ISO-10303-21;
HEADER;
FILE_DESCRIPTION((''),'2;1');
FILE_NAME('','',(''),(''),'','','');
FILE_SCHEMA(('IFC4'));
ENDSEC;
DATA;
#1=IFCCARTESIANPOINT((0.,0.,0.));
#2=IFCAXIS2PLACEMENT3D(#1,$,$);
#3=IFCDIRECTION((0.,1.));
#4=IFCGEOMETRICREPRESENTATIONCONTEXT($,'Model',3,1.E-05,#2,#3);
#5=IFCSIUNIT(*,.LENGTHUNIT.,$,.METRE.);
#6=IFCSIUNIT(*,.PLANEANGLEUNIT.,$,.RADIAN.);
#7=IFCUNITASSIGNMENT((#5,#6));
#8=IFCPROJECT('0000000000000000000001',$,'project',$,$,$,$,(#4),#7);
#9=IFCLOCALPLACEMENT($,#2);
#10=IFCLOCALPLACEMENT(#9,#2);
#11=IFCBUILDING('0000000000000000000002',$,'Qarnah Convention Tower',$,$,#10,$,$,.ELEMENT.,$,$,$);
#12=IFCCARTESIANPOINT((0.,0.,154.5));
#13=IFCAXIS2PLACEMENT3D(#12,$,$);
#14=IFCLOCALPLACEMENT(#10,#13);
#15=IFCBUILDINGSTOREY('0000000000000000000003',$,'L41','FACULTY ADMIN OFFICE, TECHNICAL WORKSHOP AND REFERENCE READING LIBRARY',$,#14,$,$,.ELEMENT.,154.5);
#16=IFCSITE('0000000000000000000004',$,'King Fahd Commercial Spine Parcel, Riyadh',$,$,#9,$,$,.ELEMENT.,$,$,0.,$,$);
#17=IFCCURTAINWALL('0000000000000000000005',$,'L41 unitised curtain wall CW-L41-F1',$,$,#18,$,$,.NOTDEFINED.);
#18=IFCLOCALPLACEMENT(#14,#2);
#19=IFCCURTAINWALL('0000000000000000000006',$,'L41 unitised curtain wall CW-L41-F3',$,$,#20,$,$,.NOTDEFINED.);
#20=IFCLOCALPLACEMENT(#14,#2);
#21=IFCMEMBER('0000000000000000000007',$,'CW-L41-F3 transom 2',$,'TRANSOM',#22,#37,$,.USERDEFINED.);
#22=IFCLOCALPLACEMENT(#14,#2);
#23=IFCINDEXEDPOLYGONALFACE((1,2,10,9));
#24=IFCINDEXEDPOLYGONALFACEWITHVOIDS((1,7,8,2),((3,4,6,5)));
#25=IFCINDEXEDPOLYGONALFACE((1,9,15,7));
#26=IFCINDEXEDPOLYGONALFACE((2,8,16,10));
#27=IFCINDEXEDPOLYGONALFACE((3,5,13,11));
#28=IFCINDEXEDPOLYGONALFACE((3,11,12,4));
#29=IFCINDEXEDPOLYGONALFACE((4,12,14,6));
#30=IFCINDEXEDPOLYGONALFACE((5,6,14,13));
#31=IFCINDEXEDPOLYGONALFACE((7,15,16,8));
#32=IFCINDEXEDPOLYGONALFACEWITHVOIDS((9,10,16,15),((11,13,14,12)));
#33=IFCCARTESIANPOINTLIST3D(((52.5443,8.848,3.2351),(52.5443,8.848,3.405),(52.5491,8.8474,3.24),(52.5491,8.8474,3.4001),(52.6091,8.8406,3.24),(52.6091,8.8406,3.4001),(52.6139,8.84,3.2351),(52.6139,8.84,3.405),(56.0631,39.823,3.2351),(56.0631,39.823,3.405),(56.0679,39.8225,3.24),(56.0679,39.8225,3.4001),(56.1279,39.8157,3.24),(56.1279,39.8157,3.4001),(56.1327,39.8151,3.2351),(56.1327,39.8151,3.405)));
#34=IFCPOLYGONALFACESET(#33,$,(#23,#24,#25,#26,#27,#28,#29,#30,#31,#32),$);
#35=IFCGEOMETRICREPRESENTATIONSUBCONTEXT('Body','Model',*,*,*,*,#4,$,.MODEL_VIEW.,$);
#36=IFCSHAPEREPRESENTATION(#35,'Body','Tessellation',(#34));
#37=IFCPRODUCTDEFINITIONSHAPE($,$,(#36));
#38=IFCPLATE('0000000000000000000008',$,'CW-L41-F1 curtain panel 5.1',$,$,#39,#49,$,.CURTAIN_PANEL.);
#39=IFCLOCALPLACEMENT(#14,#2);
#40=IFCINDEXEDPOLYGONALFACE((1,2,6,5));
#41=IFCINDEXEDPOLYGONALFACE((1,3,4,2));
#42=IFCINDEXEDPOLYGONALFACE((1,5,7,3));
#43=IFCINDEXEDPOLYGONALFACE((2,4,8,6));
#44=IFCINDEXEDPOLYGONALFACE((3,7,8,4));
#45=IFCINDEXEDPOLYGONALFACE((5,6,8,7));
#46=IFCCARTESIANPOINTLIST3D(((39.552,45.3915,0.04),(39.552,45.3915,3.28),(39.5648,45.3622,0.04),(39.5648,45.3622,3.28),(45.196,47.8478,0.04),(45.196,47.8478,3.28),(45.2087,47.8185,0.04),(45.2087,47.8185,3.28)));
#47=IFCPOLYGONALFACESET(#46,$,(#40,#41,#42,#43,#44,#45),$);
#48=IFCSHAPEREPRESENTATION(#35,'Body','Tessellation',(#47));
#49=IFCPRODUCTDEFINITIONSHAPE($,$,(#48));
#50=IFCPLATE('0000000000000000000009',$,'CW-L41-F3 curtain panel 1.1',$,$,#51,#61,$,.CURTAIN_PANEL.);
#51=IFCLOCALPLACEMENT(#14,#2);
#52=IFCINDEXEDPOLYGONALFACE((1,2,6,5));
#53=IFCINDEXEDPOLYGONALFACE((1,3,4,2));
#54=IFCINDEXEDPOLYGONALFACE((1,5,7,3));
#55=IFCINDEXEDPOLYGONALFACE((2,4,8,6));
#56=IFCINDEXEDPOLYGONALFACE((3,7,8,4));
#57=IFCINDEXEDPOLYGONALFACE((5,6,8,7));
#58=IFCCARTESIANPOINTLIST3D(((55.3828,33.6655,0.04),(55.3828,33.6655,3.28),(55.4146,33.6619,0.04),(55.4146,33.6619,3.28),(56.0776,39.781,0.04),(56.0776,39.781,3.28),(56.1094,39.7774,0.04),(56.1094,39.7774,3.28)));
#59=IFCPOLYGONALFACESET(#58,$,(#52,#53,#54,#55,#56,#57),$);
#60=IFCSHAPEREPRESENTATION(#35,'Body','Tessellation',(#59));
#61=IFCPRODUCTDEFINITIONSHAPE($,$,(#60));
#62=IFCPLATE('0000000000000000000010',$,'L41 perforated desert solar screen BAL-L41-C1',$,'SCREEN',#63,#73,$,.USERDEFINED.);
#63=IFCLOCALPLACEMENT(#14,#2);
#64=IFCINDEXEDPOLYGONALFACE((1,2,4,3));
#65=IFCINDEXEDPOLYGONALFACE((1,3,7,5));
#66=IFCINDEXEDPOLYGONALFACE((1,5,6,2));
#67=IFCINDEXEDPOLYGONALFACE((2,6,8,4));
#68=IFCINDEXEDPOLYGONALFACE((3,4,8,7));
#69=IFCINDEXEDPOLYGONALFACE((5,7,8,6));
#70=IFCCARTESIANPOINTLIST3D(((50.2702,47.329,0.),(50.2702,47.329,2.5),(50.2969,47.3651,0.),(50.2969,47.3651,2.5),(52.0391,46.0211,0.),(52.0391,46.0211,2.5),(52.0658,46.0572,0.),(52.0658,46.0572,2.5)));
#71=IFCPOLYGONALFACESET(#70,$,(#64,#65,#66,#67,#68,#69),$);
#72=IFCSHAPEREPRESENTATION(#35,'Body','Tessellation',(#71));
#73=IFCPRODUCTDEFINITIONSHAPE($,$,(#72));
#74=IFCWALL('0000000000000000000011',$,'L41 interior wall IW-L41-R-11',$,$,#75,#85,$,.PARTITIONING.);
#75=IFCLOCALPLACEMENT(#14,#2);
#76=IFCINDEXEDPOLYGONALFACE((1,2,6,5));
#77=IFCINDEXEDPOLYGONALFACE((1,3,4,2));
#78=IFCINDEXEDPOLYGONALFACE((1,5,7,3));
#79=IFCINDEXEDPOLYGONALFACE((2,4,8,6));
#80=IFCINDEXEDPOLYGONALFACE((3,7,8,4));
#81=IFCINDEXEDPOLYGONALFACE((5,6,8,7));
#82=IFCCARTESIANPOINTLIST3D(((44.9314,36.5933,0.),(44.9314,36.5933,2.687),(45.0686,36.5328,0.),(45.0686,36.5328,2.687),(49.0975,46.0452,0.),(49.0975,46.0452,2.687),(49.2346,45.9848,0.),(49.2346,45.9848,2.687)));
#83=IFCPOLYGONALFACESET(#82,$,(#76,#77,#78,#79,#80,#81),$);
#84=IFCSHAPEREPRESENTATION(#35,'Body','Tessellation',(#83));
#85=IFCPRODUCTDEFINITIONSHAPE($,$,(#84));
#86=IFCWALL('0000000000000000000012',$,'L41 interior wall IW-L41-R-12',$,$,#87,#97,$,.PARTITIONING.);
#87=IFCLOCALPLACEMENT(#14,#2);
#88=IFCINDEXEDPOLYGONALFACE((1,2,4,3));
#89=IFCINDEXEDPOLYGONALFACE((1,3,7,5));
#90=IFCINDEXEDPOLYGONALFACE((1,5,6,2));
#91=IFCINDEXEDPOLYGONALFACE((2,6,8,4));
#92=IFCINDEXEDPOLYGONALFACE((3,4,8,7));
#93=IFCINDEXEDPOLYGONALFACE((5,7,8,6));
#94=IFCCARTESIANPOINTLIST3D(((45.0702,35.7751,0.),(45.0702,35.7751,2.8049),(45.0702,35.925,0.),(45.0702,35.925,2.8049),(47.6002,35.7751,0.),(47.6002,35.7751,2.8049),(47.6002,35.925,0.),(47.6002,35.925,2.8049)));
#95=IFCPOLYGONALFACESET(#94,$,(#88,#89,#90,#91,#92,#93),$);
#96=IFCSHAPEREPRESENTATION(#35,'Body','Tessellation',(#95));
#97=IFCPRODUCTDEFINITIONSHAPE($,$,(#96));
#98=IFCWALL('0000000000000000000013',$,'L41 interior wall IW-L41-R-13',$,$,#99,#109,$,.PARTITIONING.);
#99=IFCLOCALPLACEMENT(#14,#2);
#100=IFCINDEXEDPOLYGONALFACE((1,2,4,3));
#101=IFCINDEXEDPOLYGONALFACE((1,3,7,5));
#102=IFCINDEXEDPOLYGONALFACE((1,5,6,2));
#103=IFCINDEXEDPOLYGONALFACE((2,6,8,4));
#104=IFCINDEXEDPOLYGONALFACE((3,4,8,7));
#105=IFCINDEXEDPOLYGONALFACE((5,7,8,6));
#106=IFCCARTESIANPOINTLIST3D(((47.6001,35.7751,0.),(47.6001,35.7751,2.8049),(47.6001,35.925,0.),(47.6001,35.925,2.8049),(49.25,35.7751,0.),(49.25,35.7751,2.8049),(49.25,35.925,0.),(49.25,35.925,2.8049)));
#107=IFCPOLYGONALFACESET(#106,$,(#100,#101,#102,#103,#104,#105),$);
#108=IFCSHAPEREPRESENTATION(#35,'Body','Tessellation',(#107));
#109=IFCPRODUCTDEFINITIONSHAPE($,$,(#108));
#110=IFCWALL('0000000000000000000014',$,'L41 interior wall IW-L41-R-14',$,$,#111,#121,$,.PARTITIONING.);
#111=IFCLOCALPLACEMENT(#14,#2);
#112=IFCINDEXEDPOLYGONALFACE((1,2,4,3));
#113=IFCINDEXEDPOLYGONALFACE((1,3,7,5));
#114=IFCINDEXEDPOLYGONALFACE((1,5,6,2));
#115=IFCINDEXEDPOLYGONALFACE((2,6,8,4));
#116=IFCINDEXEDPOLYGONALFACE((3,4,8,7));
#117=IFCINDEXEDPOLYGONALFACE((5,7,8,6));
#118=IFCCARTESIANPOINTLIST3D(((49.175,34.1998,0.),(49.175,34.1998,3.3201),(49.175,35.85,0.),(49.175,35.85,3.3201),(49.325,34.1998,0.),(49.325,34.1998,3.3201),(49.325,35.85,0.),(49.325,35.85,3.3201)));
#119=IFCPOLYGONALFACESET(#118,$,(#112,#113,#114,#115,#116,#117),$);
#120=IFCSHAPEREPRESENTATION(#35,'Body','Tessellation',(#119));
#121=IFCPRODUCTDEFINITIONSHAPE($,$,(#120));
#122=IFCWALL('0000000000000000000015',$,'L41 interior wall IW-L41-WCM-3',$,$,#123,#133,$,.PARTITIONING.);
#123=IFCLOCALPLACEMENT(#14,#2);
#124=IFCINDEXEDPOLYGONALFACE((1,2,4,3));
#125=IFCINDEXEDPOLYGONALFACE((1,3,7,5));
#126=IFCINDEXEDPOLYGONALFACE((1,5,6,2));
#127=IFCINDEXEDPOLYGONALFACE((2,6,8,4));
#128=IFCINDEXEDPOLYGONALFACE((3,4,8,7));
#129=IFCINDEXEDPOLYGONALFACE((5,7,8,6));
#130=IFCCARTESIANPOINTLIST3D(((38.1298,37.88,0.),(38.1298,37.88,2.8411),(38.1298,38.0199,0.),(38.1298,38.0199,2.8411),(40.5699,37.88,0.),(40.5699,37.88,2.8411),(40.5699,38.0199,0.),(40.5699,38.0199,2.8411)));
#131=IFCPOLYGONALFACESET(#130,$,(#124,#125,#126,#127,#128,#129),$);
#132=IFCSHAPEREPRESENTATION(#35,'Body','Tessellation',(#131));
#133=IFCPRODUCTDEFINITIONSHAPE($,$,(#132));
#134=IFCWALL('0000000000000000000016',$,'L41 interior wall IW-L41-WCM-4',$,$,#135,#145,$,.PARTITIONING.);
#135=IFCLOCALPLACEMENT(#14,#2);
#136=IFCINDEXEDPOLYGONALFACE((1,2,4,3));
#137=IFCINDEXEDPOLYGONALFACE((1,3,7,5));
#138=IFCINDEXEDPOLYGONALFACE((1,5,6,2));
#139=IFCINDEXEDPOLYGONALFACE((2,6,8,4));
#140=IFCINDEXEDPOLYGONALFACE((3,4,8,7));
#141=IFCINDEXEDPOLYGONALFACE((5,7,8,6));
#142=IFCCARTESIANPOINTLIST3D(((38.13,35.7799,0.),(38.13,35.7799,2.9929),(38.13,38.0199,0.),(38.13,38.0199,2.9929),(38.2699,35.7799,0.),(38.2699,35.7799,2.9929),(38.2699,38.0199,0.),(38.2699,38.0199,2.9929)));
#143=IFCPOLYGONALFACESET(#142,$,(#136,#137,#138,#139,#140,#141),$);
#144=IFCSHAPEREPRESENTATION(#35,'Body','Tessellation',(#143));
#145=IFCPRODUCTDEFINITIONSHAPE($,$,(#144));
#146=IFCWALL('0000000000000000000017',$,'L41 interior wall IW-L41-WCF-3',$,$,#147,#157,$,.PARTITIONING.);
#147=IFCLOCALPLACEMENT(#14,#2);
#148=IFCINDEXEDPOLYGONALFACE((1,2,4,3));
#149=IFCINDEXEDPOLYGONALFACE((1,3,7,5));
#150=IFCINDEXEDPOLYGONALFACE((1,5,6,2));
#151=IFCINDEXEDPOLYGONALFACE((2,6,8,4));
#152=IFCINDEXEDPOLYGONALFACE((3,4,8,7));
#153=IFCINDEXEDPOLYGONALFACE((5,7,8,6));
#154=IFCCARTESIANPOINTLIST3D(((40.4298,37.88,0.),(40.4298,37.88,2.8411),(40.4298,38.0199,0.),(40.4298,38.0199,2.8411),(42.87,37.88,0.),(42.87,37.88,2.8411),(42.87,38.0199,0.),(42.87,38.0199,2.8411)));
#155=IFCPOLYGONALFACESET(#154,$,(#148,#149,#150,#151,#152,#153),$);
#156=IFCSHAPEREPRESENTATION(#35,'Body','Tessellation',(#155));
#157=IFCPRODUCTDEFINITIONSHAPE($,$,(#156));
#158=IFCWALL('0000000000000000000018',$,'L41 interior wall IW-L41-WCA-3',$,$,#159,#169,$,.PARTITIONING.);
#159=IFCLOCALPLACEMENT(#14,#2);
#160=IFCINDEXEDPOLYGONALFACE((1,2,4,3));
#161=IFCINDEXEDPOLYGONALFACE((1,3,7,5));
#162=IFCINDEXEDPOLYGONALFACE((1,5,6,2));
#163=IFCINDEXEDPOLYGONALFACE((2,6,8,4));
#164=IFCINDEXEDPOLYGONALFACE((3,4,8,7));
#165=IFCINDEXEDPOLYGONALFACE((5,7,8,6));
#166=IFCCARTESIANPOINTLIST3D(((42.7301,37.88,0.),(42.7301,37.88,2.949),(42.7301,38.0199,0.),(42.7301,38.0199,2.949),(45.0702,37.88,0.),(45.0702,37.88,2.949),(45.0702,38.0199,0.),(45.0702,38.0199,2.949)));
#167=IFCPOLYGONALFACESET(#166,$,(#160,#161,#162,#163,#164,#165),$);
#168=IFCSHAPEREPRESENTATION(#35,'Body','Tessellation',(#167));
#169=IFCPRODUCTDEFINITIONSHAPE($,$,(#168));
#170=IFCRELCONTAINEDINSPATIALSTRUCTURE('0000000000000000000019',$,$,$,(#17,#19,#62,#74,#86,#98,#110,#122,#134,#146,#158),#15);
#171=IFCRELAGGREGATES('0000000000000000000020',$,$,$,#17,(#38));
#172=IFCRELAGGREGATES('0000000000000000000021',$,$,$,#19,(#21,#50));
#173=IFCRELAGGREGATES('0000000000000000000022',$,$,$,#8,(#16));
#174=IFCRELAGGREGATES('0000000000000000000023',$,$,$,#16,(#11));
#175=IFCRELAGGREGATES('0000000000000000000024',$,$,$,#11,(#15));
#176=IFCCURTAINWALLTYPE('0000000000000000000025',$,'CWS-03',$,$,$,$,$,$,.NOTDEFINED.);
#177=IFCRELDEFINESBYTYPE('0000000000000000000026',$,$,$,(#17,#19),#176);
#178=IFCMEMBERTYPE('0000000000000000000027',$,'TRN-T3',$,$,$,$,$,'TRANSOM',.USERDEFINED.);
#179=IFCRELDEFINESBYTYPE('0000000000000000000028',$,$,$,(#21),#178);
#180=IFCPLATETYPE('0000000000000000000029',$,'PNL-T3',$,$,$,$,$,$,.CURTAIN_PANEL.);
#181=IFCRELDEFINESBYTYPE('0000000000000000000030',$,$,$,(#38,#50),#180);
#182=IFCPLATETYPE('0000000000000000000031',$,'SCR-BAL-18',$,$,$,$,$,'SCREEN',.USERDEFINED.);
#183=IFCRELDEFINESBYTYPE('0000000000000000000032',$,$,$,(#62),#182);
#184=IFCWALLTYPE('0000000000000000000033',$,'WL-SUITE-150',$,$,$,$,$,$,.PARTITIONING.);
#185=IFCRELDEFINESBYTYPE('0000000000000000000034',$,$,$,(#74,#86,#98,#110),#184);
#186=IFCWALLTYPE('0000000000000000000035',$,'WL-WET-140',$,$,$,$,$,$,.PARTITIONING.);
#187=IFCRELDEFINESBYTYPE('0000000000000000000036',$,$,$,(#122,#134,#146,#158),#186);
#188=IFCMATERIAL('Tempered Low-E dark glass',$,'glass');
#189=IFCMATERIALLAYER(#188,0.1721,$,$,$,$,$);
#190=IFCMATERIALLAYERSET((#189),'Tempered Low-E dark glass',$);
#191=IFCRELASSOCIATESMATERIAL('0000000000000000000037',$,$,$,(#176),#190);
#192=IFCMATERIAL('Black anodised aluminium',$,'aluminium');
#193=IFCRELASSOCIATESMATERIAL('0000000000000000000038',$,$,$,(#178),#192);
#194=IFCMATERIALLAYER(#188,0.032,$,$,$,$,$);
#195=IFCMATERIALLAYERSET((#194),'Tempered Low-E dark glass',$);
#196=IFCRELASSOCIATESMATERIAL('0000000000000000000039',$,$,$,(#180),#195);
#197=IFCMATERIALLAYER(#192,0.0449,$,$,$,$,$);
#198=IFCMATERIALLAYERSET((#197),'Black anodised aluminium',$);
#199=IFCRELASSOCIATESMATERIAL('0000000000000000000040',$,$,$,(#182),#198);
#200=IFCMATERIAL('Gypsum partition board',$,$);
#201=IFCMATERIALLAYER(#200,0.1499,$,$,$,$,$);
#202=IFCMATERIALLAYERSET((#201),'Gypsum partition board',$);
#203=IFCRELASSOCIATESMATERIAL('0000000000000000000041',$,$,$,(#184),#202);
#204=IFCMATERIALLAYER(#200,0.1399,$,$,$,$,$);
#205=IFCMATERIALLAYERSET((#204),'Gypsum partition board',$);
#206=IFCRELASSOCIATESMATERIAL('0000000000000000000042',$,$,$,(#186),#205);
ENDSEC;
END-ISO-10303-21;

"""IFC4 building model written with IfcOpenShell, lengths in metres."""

from ifc_helpers import new_model, si_unit, direction, frame, frame_2d, origin, origin_2d, place, context, subcontext, project, spatial, rectangle, hollow_rectangle, extrude, material, layer, layer_set, material_profile, profile_set, type_object, element, aggregate, save


model = new_model("IFC4")

# Units and contexts
model_context = context("Model", 3, precision=1e-05, world=origin(), true_north=direction((0.0, 1.0)))
body_context = subcontext(model_context, "Body", "Model", "MODEL_VIEW")
ifc_project = project(units=[si_unit("LENGTHUNIT", "METRE"), si_unit("PLANEANGLEUNIT", "RADIAN")], contexts=[model_context])

# Site, building, storey
site_placement = place(None, origin())
site = spatial("IfcSite", under=ifc_project, at=site_placement, Name="King Fahd Commercial Spine Parcel, Riyadh", CompositionType="ELEMENT", RefElevation=0.0)
building_placement = place(site_placement, origin())
building = spatial("IfcBuilding", under=site, at=building_placement, Name="Qarnah Convention Tower", CompositionType="ELEMENT")
storey_placement = place(building_placement, frame((0.0, 0.0, 154.5)))
storey = spatial("IfcBuildingStorey", under=building, at=storey_placement, Name="L41", Description="FACULTY ADMIN OFFICE, TECHNICAL WORKSHOP AND REFERENCE READING LIBRARY", CompositionType="ELEMENT", Elevation=154.5)

# Curtain walls, member
ifc_material_1 = material(Name="Tempered Low-E dark glass", Category="glass")
ifc_layer_1 = layer(ifc_material_1, 0.1721)
ifc_layer_set_1 = layer_set([ifc_layer_1], Name="Tempered Low-E dark glass")
curtain_wall_type = type_object("IfcCurtainWallType", Name="CWS-03", PredefinedType="NOTDEFINED", material=ifc_layer_set_1)
curtain_wall_1_placement = place(storey_placement, origin())
curtain_wall_1 = element("IfcCurtainWall", 1, at=curtain_wall_1_placement, inside=storey, type_object=curtain_wall_type, Name="L41 unitised curtain wall CW-L41-F1", PredefinedType="NOTDEFINED")
ifc_material_2 = material(Name="Black anodised aluminium", Category="aluminium")
curtain_wall_2_placement = place(storey_placement, origin())
curtain_wall_2 = element("IfcCurtainWall", 2, at=curtain_wall_2_placement, inside=storey, type_object=curtain_wall_type, Name="L41 unitised curtain wall CW-L41-F3", PredefinedType="NOTDEFINED")
ifc_material_profile_1 = material_profile(ifc_material_2, hollow_rectangle(XDim=0.0701, YDim=0.1699, WallThickness=0.0049, at=origin_2d()), Name="TRN-70X170")
ifc_profile_set_1 = profile_set([ifc_material_profile_1], Name="Black anodised aluminium")
member_type_1 = type_object("IfcMemberType", Name="TRN-T3", ElementType="TRANSOM", PredefinedType="USERDEFINED", material=ifc_profile_set_1)
member_1_placement = place(storey_placement, frame((56.0979, 39.8191, 3.3201), z_axis=(-0.112875, -0.993609, 0.0), x_axis=(0.993609, -0.112875, 0.0)))
member_1 = element("IfcMember", 3, at=member_1_placement, type_object=member_type_1, Name="CW-L41-F3 transom 2", ObjectType="TRANSOM", PredefinedType="USERDEFINED", context=body_context, shape_type="SweptSolid", body=[
    extrude(hollow_rectangle(XDim=0.0701, YDim=0.1699, WallThickness=0.0049, at=origin_2d()), origin(), (0.0, 0.0, 1.0), 31.1743),
])

# Plates
ifc_layer_2 = layer(ifc_material_1, 0.032)
ifc_layer_set_2 = layer_set([ifc_layer_2], Name="Tempered Low-E dark glass")
plate_type_1 = type_object("IfcPlateType", Name="PNL-T3", PredefinedType="CURTAIN_PANEL", material=ifc_layer_set_2)
plate_1_placement = place(storey_placement, frame((42.3804, 46.605, 0.04), z_axis=(0.0, 0.0, 1.0), x_axis=(0.916926, 0.399058, 0.0)))
plate_1 = element("IfcPlate", 4, at=plate_1_placement, type_object=plate_type_1, Name="CW-L41-F1 curtain panel 5.1", PredefinedType="CURTAIN_PANEL", context=body_context, shape_type="SweptSolid", body=[
    extrude(rectangle(XDim=6.1553, YDim=0.032, at=origin_2d()), origin(), (0.0, 0.0, 1.0), 3.24),
])
aggregate(curtain_wall_1, [plate_1])
plate_2_placement = place(storey_placement, frame((55.7461, 36.7214, 0.04), z_axis=(0.0, 0.0, 1.0), x_axis=(-0.112882, -0.993608, 0.0)))
plate_2 = element("IfcPlate", 5, at=plate_2_placement, type_object=plate_type_1, Name="CW-L41-F3 curtain panel 1.1", PredefinedType="CURTAIN_PANEL", context=body_context, shape_type="SweptSolid", body=[
    extrude(rectangle(XDim=6.1548, YDim=0.032, at=origin_2d()), origin(), (0.0, 0.0, 1.0), 3.24),
])
aggregate(curtain_wall_2, [member_1, plate_2])
ifc_layer_3 = layer(ifc_material_2, 0.0449)
ifc_layer_set_3 = layer_set([ifc_layer_3], Name="Black anodised aluminium")
plate_type_2 = type_object("IfcPlateType", Name="SCR-BAL-18", ElementType="SCREEN", PredefinedType="USERDEFINED", material=ifc_layer_set_3)
plate_3_placement = place(storey_placement, frame((51.168, 46.6931, 0.0), z_axis=(0.0, 0.0, 1.0), x_axis=(0.804077, -0.594525, 0.0)))
element("IfcPlate", 6, at=plate_3_placement, inside=storey, type_object=plate_type_2, Name="L41 perforated desert solar screen BAL-L41-C1", ObjectType="SCREEN", PredefinedType="USERDEFINED", context=body_context, shape_type="SweptSolid", body=[
    extrude(rectangle(XDim=2.2, YDim=0.0449, at=origin_2d()), origin(), (0.0, 0.0, 1.0), 2.5),
])

# Walls
ifc_material_3 = material(Name="Gypsum partition board")
ifc_layer_4 = layer(ifc_material_3, 0.1499)
ifc_layer_set_4 = layer_set([ifc_layer_4], Name="Gypsum partition board")
wall_type_1 = type_object("IfcWallType", Name="WL-SUITE-150", PredefinedType="PARTITIONING", material=ifc_layer_set_4)
wall_1_placement = place(storey_placement, frame((49.166, 46.0149, 0.0), z_axis=(0.0, 0.0, 1.0), x_axis=(-0.403321, -0.915059, 0.0)))
element("IfcWall", 7, at=wall_1_placement, inside=storey, type_object=wall_type_1, Name="L41 interior wall IW-L41-R-11", PredefinedType="PARTITIONING", context=body_context, shape_type="SweptSolid", body=[
    extrude(rectangle(XDim=10.3293, YDim=0.1499, at=frame_2d((5.1646, 0.0))), origin(), (0.0, 0.0, 1.0), 2.687),
])
wall_2_placement = place(storey_placement, frame((45.0701, 35.8501, 0.0), z_axis=(0.0, 0.0, 1.0), x_axis=(1.0, 0.0, 0.0)))
element("IfcWall", 8, at=wall_2_placement, inside=storey, type_object=wall_type_1, Name="L41 interior wall IW-L41-R-12", PredefinedType="PARTITIONING", context=body_context, shape_type="SweptSolid", body=[
    extrude(rectangle(XDim=2.53, YDim=0.1499, at=frame_2d((1.2651, 0.0))), origin(), (0.0, 0.0, 1.0), 2.8049),
])
wall_3_placement = place(storey_placement, frame((47.6001, 35.8501, 0.0), z_axis=(0.0, 0.0, 1.0), x_axis=(1.0, 0.0, 0.0)))
element("IfcWall", 9, at=wall_3_placement, inside=storey, type_object=wall_type_1, Name="L41 interior wall IW-L41-R-13", PredefinedType="PARTITIONING", context=body_context, shape_type="SweptSolid", body=[
    extrude(rectangle(XDim=1.6499, YDim=0.1499, at=frame_2d((0.825, 0.0))), origin(), (0.0, 0.0, 1.0), 2.8049),
])
wall_4_placement = place(storey_placement, frame((49.25, 35.8501, 0.0), z_axis=(0.0, 0.0, 1.0), x_axis=(0.0, -1.0, 0.0)))
element("IfcWall", 10, at=wall_4_placement, inside=storey, type_object=wall_type_1, Name="L41 interior wall IW-L41-R-14", PredefinedType="PARTITIONING", context=body_context, shape_type="SweptSolid", body=[
    extrude(rectangle(XDim=1.6501, YDim=0.1499, at=frame_2d((0.8252, 0.0))), origin(), (0.0, 0.0, 1.0), 3.3201),
])
ifc_layer_5 = layer(ifc_material_3, 0.1399)
ifc_layer_set_5 = layer_set([ifc_layer_5], Name="Gypsum partition board")
wall_type_2 = type_object("IfcWallType", Name="WL-WET-140", PredefinedType="PARTITIONING", material=ifc_layer_set_5)
wall_5_placement = place(storey_placement, frame((40.5701, 37.95, 0.0), z_axis=(0.0, 0.0, 1.0), x_axis=(-1.0, 0.0, 0.0)))
element("IfcWall", 11, at=wall_5_placement, inside=storey, type_object=wall_type_2, Name="L41 interior wall IW-L41-WCM-3", PredefinedType="PARTITIONING", context=body_context, shape_type="SweptSolid", body=[
    extrude(rectangle(XDim=2.4402, YDim=0.1399, at=frame_2d((1.2202, 0.0))), origin(), (0.0, 0.0, 1.0), 2.8411),
])
wall_6_placement = place(storey_placement, frame((38.2, 38.02, 0.0), z_axis=(0.0, 0.0, 1.0), x_axis=(0.0, -1.0, 0.0)))
element("IfcWall", 12, at=wall_6_placement, inside=storey, type_object=wall_type_2, Name="L41 interior wall IW-L41-WCM-4", PredefinedType="PARTITIONING", context=body_context, shape_type="SweptSolid", body=[
    extrude(rectangle(XDim=2.24, YDim=0.1399, at=frame_2d((1.1201, 0.0))), origin(), (0.0, 0.0, 1.0), 2.9929),
])
wall_7_placement = place(storey_placement, frame((42.8701, 37.95, 0.0), z_axis=(0.0, 0.0, 1.0), x_axis=(-1.0, 0.0, 0.0)))
element("IfcWall", 13, at=wall_7_placement, inside=storey, type_object=wall_type_2, Name="L41 interior wall IW-L41-WCF-3", PredefinedType="PARTITIONING", context=body_context, shape_type="SweptSolid", body=[
    extrude(rectangle(XDim=2.4402, YDim=0.1399, at=frame_2d((1.2202, 0.0))), origin(), (0.0, 0.0, 1.0), 2.8411),
])
wall_8_placement = place(storey_placement, frame((45.0701, 37.95, 0.0), z_axis=(0.0, 0.0, 1.0), x_axis=(-1.0, 0.0, 0.0)))
element("IfcWall", 14, at=wall_8_placement, inside=storey, type_object=wall_type_2, Name="L41 interior wall IW-L41-WCA-3", PredefinedType="PARTITIONING", context=body_context, shape_type="SweptSolid", body=[
    extrude(rectangle(XDim=2.3401, YDim=0.1399, at=frame_2d((1.1699, 0.0))), origin(), (0.0, 0.0, 1.0), 2.949),
])

save(model, "model.ifc")
